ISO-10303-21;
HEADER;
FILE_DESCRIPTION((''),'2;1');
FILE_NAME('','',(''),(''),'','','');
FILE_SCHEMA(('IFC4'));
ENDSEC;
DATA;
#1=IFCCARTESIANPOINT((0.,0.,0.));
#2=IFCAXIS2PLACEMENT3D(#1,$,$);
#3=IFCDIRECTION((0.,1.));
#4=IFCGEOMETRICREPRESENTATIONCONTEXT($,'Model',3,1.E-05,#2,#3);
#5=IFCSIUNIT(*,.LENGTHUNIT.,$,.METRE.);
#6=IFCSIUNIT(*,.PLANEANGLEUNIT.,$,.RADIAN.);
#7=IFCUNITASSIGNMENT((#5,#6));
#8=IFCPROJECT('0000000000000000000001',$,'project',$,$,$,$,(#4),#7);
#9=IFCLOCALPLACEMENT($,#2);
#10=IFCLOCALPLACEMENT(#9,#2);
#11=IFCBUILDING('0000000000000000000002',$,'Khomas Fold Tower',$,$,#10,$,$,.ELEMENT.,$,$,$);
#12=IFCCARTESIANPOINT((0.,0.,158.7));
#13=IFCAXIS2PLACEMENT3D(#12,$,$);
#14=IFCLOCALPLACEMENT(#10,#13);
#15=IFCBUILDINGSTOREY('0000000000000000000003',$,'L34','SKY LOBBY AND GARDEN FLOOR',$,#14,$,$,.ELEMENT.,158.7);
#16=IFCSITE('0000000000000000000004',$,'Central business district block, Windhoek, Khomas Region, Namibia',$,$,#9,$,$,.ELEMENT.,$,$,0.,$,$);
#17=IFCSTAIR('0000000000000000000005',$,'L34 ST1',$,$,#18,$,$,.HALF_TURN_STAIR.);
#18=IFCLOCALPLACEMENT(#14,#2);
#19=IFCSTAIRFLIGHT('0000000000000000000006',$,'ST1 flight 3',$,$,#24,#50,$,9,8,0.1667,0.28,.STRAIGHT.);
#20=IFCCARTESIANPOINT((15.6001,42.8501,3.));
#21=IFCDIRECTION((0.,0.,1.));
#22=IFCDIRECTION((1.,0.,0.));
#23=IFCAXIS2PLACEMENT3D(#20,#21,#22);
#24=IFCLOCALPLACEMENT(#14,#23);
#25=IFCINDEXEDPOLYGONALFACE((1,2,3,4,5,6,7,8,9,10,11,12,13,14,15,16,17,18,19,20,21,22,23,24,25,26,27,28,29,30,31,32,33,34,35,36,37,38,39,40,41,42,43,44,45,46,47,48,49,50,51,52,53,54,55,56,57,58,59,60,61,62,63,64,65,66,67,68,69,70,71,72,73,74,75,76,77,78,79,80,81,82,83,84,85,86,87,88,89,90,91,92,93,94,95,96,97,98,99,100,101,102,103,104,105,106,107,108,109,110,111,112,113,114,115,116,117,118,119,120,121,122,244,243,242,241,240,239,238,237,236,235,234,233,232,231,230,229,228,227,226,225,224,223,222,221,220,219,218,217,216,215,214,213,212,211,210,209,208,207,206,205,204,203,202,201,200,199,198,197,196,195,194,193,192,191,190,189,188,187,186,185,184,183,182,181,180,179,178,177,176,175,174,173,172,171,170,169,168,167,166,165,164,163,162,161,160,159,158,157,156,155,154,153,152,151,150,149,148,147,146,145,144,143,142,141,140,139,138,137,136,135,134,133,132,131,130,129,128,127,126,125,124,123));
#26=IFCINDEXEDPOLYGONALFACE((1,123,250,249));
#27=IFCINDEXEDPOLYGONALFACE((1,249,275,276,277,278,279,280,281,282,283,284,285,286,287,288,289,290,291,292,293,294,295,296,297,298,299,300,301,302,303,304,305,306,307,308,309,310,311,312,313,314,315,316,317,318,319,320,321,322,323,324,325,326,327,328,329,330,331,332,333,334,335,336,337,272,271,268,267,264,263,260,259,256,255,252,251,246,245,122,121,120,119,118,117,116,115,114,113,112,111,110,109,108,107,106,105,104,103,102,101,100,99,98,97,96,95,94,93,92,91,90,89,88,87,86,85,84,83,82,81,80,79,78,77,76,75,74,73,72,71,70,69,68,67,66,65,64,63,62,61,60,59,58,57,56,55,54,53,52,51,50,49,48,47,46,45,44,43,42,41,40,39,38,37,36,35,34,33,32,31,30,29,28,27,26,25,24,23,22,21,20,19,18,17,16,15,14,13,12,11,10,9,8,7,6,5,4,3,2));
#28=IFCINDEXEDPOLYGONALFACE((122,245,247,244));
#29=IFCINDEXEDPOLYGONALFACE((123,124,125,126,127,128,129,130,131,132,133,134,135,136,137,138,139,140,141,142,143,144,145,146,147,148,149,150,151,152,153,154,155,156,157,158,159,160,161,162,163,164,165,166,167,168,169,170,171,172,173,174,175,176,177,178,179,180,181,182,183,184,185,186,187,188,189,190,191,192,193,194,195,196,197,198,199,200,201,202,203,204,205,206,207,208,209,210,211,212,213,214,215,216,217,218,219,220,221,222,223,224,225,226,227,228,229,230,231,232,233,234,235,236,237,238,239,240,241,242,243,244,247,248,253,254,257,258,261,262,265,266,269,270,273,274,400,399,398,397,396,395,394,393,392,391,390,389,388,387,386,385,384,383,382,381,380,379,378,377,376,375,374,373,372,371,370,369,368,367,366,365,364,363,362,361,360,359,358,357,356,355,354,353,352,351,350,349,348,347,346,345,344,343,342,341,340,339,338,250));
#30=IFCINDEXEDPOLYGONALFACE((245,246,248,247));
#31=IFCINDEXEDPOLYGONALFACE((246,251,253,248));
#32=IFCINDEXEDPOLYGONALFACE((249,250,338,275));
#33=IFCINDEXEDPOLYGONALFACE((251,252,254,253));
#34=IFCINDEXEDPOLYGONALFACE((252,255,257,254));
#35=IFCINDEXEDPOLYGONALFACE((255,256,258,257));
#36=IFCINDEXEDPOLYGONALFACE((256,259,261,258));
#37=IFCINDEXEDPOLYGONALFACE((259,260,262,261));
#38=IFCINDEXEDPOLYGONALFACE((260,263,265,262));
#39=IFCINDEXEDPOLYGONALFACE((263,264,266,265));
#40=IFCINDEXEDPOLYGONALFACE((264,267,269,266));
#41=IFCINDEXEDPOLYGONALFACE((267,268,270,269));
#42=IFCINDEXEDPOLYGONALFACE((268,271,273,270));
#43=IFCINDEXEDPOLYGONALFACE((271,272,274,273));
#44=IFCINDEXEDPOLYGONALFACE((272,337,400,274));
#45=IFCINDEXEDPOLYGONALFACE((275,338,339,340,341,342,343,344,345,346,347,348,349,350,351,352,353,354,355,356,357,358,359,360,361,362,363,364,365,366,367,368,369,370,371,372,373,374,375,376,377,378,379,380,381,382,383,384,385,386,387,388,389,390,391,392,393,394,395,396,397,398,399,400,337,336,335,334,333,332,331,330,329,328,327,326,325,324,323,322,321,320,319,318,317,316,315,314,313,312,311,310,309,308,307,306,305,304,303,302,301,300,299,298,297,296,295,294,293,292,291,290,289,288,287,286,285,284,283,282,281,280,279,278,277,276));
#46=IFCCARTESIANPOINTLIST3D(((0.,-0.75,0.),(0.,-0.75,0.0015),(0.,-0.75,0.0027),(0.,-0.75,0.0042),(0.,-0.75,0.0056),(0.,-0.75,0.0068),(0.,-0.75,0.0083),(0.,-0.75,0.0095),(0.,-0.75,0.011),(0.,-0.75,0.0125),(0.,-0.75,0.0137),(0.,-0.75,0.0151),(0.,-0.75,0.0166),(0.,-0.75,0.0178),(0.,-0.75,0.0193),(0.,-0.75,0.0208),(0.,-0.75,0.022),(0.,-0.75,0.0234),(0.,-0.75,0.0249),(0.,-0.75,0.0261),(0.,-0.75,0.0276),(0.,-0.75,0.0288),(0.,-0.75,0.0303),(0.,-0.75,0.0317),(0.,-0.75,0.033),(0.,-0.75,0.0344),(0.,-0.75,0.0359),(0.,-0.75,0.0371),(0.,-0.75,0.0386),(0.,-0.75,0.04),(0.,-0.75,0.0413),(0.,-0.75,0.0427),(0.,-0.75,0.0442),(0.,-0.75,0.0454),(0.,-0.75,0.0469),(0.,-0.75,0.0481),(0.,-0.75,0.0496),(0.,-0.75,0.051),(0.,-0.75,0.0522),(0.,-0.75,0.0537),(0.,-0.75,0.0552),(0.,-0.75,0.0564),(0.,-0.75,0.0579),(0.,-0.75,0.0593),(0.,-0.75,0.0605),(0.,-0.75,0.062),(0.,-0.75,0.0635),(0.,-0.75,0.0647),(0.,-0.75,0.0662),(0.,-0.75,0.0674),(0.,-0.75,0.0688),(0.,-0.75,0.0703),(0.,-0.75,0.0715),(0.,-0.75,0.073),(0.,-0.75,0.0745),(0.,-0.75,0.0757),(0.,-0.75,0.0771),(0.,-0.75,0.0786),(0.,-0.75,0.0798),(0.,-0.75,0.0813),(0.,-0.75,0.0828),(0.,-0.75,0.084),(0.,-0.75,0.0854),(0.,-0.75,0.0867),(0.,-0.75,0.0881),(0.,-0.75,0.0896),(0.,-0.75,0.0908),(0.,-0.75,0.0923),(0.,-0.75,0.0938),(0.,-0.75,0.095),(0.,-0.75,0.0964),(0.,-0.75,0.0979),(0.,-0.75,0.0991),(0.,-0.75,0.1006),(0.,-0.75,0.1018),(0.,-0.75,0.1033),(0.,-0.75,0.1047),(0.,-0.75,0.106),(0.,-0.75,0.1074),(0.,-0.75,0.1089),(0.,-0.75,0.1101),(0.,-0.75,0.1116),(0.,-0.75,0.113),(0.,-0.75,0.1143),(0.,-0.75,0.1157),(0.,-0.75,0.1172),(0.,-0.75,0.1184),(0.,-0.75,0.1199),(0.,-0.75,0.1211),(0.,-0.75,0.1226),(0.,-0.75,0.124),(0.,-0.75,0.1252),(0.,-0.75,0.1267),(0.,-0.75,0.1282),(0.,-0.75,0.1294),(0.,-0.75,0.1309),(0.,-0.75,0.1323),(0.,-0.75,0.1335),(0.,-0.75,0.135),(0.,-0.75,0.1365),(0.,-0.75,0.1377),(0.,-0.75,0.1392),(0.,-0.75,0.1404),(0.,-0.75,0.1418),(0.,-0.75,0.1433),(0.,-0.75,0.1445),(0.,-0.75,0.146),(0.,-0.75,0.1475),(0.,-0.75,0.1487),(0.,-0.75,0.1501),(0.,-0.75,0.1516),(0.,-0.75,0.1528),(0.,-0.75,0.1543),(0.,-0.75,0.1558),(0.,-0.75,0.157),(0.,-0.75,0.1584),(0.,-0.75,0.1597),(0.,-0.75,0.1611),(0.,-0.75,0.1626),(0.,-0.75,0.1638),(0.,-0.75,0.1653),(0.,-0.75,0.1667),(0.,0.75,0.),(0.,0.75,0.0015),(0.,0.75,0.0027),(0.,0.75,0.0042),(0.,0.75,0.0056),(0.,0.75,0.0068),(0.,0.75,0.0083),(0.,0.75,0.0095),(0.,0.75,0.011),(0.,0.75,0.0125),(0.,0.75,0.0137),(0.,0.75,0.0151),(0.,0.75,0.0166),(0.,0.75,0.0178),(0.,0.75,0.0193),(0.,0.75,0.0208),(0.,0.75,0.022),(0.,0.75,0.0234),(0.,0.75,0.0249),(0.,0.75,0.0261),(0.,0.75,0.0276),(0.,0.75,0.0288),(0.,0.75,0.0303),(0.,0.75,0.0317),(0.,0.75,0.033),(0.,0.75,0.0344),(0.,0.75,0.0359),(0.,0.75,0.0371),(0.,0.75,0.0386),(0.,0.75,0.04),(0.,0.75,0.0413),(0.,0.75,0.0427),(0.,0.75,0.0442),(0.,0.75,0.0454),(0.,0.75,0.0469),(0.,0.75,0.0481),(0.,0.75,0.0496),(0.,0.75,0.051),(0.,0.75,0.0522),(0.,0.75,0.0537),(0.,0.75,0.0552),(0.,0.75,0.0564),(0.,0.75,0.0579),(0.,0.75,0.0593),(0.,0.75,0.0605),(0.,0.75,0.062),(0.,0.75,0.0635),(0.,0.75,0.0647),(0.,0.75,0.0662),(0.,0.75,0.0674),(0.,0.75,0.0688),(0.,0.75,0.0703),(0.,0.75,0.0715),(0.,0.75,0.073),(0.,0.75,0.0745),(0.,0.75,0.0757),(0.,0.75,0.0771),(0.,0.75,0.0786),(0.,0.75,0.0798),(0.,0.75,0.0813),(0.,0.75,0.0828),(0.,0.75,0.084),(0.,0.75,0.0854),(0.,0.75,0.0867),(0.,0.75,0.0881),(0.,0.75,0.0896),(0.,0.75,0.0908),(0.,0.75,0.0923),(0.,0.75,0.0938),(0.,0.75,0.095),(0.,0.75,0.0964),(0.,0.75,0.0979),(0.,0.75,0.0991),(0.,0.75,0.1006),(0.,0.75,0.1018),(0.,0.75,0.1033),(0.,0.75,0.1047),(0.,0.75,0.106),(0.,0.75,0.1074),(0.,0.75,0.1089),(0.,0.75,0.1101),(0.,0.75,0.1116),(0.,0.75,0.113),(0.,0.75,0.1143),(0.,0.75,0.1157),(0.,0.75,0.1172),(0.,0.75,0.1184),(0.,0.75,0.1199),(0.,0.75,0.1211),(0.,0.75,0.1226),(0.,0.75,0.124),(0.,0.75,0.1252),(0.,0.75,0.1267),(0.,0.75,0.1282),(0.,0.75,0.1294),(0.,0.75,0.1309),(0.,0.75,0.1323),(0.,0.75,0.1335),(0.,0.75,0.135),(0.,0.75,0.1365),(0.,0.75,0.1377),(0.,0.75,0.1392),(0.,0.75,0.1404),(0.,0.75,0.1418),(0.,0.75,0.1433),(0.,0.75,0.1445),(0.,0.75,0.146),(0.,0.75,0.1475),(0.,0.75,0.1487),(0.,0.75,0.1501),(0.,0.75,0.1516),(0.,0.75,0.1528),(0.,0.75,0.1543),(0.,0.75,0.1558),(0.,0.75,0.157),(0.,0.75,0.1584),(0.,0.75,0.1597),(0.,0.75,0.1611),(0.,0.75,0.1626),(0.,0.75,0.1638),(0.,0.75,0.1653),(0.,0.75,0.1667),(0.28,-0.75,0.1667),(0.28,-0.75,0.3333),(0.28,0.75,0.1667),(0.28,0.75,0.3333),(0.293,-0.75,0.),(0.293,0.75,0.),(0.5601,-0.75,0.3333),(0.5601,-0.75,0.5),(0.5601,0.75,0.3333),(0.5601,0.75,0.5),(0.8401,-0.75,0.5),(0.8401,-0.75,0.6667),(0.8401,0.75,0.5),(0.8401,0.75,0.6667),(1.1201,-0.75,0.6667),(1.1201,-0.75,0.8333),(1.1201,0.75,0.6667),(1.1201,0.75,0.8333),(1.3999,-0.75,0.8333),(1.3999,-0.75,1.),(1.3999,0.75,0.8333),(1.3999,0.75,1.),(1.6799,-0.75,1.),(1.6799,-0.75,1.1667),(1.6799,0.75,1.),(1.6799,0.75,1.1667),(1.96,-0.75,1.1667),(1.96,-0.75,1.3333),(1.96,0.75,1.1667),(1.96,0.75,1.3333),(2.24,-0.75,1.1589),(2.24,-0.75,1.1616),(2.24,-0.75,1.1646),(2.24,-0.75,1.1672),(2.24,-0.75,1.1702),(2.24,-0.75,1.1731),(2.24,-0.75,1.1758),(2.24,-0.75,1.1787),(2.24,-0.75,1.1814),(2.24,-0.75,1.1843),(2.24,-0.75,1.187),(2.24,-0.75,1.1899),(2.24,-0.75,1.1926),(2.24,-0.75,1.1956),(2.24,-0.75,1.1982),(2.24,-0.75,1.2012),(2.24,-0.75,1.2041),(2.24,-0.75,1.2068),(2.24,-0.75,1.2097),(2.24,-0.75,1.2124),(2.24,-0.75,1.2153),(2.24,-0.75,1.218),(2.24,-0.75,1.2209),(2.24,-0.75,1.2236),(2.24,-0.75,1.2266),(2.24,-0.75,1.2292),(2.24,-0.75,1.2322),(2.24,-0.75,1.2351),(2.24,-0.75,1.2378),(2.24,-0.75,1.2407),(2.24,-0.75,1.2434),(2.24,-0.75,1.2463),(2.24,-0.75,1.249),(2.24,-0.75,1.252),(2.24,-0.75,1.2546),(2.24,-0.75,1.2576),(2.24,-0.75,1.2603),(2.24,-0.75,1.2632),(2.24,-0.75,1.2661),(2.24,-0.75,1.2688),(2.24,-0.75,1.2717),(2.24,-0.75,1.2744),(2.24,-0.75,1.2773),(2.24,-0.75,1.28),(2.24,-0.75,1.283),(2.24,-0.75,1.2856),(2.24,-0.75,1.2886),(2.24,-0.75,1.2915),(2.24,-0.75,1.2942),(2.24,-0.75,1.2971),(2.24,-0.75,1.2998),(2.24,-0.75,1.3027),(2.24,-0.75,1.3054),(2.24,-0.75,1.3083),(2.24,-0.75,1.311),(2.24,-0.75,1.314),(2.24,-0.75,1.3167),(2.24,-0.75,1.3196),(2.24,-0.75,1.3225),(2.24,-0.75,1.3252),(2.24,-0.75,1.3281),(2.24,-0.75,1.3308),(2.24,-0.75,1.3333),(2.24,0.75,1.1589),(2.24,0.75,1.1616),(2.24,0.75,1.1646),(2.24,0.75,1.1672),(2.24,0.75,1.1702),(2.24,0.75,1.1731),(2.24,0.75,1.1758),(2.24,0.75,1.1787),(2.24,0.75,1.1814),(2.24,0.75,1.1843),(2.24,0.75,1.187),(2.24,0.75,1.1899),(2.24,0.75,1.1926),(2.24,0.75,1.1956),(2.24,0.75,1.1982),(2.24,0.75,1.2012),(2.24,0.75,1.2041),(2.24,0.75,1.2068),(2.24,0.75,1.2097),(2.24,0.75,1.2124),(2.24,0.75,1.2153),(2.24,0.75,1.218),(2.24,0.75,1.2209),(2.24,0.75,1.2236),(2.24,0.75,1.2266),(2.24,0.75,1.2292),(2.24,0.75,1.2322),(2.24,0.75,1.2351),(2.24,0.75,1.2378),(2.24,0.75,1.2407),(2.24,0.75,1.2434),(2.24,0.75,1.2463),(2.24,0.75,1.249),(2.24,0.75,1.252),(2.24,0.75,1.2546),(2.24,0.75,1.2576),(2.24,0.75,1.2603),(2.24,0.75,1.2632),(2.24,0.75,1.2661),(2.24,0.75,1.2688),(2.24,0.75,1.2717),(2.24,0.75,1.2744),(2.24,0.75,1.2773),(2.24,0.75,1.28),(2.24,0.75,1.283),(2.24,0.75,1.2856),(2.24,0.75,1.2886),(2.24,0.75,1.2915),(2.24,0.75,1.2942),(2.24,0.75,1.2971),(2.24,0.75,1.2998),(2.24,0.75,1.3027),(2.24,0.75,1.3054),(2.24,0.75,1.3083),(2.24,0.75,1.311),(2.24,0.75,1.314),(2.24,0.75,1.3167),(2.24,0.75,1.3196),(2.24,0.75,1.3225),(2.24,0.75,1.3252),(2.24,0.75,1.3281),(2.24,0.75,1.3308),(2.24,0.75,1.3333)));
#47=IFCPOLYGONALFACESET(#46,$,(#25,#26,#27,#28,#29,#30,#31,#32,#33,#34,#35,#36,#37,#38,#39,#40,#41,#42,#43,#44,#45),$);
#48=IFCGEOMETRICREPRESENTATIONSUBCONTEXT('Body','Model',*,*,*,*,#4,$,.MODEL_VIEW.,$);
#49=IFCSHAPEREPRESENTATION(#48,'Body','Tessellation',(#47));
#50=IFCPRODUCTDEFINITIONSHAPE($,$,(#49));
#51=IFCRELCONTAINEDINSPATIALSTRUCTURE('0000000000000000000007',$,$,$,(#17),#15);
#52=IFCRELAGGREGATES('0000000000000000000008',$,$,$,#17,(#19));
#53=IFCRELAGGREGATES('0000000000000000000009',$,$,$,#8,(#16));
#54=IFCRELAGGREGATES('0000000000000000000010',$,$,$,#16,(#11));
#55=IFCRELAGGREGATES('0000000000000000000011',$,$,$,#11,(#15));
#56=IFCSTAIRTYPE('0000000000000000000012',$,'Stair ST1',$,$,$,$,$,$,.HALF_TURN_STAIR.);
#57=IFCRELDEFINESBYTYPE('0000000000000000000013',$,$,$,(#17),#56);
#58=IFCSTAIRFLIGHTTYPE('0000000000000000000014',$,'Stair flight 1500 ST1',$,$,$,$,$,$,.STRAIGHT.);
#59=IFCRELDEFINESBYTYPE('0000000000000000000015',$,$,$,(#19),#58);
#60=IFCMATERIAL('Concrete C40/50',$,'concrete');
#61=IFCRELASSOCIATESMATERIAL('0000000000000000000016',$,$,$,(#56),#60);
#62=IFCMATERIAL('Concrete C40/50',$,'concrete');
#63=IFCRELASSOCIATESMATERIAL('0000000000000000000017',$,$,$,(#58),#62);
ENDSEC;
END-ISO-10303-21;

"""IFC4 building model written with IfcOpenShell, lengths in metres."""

from ifc_helpers import new_model, si_unit, direction, frame, origin, place, context, subcontext, project, spatial, polyline, outline, extrude, source, transform, mapped, material, type_object, element, aggregate, save


model = new_model("IFC4")

# Units and contexts
model_context = context("Model", 3, precision=1e-05, world=origin(), true_north=direction((0.0, 1.0)))
body_context = subcontext(model_context, "Body", "Model", "MODEL_VIEW")
ifc_project = project(units=[si_unit("LENGTHUNIT", "METRE"), si_unit("PLANEANGLEUNIT", "RADIAN")], contexts=[model_context])

# Site, building, storey
site_placement = place(None, origin())
site = spatial("IfcSite", under=ifc_project, at=site_placement, Name="Central business district block, Windhoek, Khomas Region, Namibia", CompositionType="ELEMENT", RefElevation=0.0)
building_placement = place(site_placement, origin())
building = spatial("IfcBuilding", under=site, at=building_placement, Name="Khomas Fold Tower", CompositionType="ELEMENT")
storey_placement = place(building_placement, frame((0.0, 0.0, 158.7)))
storey = spatial("IfcBuildingStorey", under=building, at=storey_placement, Name="L34", Description="SKY LOBBY AND GARDEN FLOOR", CompositionType="ELEMENT", Elevation=158.7)

# Stair, stair flight
ifc_material_1 = material(Name="Concrete C40/50", Category="concrete")
stair_type_1 = type_object("IfcStairType", Name="Stair ST1", PredefinedType="HALF_TURN_STAIR", material=ifc_material_1)
stair_1_placement = place(storey_placement, origin())
stair_1 = element("IfcStair", 1, at=stair_1_placement, inside=storey, type_object=stair_type_1, Name="L34 ST1", PredefinedType="HALF_TURN_STAIR")
ifc_material_2 = material(Name="Concrete C40/50", Category="concrete")
stair_flight_type_1 = type_object("IfcStairFlightType", Name="Stair flight 1500 ST1", PredefinedType="STRAIGHT", material=ifc_material_2)
shared_shape_1 = source(origin(), body_context, "Body", "SweptSolid", [
    extrude(outline(polyline([(0.0, 0.0), (0.0, 0.0015), (0.0, 0.0027), (0.0, 0.0042), (0.0, 0.0056), (0.0, 0.0068), (0.0, 0.0083), (0.0, 0.0095), (0.0, 0.011), (0.0, 0.0125), (0.0, 0.0137), (0.0, 0.0151), (0.0, 0.0166), (0.0, 0.0178), (0.0, 0.0193), (0.0, 0.0208), (0.0, 0.022), (0.0, 0.0234), (0.0, 0.0249), (0.0, 0.0261), (0.0, 0.0276), (0.0, 0.0288), (0.0, 0.0303), (0.0, 0.0317), (0.0, 0.033), (0.0, 0.0344), (0.0, 0.0359), (0.0, 0.0371), (0.0, 0.0386), (0.0, 0.04), (0.0, 0.0413), (0.0, 0.0427), (0.0, 0.0442), (0.0, 0.0454), (0.0, 0.0469), (0.0, 0.0481), (0.0, 0.0496), (0.0, 0.051), (0.0, 0.0522), (0.0, 0.0537), (0.0, 0.0552), (0.0, 0.0564), (0.0, 0.0579), (0.0, 0.0593), (0.0, 0.0605), (0.0, 0.062), (0.0, 0.0635), (0.0, 0.0647), (0.0, 0.0662), (0.0, 0.0674), (0.0, 0.0688), (0.0, 0.0703), (0.0, 0.0715), (0.0, 0.073), (0.0, 0.0745), (0.0, 0.0757), (0.0, 0.0771), (0.0, 0.0786), (0.0, 0.0798), (0.0, 0.0813), (0.0, 0.0828), (0.0, 0.084), (0.0, 0.0854), (0.0, 0.0867), (0.0, 0.0881), (0.0, 0.0896), (0.0, 0.0908), (0.0, 0.0923), (0.0, 0.0938), (0.0, 0.095), (0.0, 0.0964), (0.0, 0.0979), (0.0, 0.0991), (0.0, 0.1006), (0.0, 0.1018), (0.0, 0.1033), (0.0, 0.1047), (0.0, 0.106), (0.0, 0.1074), (0.0, 0.1089), (0.0, 0.1101), (0.0, 0.1116), (0.0, 0.113), (0.0, 0.1143), (0.0, 0.1157), (0.0, 0.1172), (0.0, 0.1184), (0.0, 0.1199), (0.0, 0.1211), (0.0, 0.1226), (0.0, 0.124), (0.0, 0.1252), (0.0, 0.1267), (0.0, 0.1282), (0.0, 0.1294), (0.0, 0.1309), (0.0, 0.1323), (0.0, 0.1335), (0.0, 0.135), (0.0, 0.1365), (0.0, 0.1377), (0.0, 0.1392), (0.0, 0.1404), (0.0, 0.1418), (0.0, 0.1433), (0.0, 0.1445), (0.0, 0.146), (0.0, 0.1475), (0.0, 0.1487), (0.0, 0.1501), (0.0, 0.1516), (0.0, 0.1528), (0.0, 0.1543), (0.0, 0.1558), (0.0, 0.157), (0.0, 0.1584), (0.0, 0.1597), (0.0, 0.1611), (0.0, 0.1626), (0.0, 0.1638), (0.0, 0.1653), (0.0, 0.1667), (0.28, 0.1667), (0.28, 0.3333), (0.5601, 0.3333), (0.5601, 0.5), (0.8401, 0.5), (0.8401, 0.6667), (1.1201, 0.6667), (1.1201, 0.8333), (1.3999, 0.8333), (1.3999, 1.0), (1.6799, 1.0), (1.6799, 1.1667), (1.96, 1.1667), (1.96, 1.3333), (2.24, 1.3333), (2.24, 1.5), (2.24, 1.4971), (2.24, 1.4944), (2.24, 1.4915), (2.24, 1.4888), (2.24, 1.4858), (2.24, 1.4832), (2.24, 1.4802), (2.24, 1.4775), (2.24, 1.4746), (2.24, 1.4719), (2.24, 1.469), (2.24, 1.4661), (2.24, 1.4634), (2.24, 1.4604), (2.24, 1.4578), (2.24, 1.4548), (2.24, 1.4521), (2.24, 1.4492), (2.24, 1.4465), (2.24, 1.4436), (2.24, 1.4409), (2.24, 1.438), (2.24, 1.4351), (2.24, 1.4324), (2.24, 1.4294), (2.24, 1.4268), (2.24, 1.4238), (2.24, 1.4211), (2.24, 1.4182), (2.24, 1.4155), (2.24, 1.4126), (2.24, 1.4097), (2.24, 1.407), (2.24, 1.4041), (2.24, 1.4014), (2.24, 1.3984), (2.24, 1.3958), (2.24, 1.3928), (2.24, 1.3901), (2.24, 1.3872), (2.24, 1.3845), (2.24, 1.3816), (2.24, 1.3787), (2.24, 1.376), (2.24, 1.373), (2.24, 1.3704), (2.24, 1.3674), (2.24, 1.3647), (2.24, 1.3618), (2.24, 1.3591), (2.24, 1.3562), (2.24, 1.3535), (2.24, 1.3506), (2.24, 1.3477), (2.24, 1.345), (2.24, 1.342), (2.24, 1.3394), (2.24, 1.3364), (2.24, 1.3337), (2.24, 1.3308), (2.24, 1.3281), (2.24, 1.3252), (2.24, 1.3225), (2.24, 1.3196), (2.24, 1.3167), (2.24, 1.314), (2.24, 1.311), (2.24, 1.3083), (2.24, 1.3054), (2.24, 1.3027), (2.24, 1.2998), (2.24, 1.2971), (2.24, 1.2942), (2.24, 1.2915), (2.24, 1.2886), (2.24, 1.2856), (2.24, 1.283), (2.24, 1.28), (2.24, 1.2773), (2.24, 1.2744), (2.24, 1.2717), (2.24, 1.2688), (2.24, 1.2661), (2.24, 1.2632), (2.24, 1.2603), (2.24, 1.2576), (2.24, 1.2546), (2.24, 1.252), (2.24, 1.249), (2.24, 1.2463), (2.24, 1.2434), (2.24, 1.2407), (2.24, 1.2378), (2.24, 1.2351), (2.24, 1.2322), (2.24, 1.2292), (2.24, 1.2266), (2.24, 1.2236), (2.24, 1.2209), (2.24, 1.218), (2.24, 1.2153), (2.24, 1.2124), (2.24, 1.2097), (2.24, 1.2068), (2.24, 1.2041), (2.24, 1.2012), (2.24, 1.1982), (2.24, 1.1956), (2.24, 1.1926), (2.24, 1.1899), (2.24, 1.187), (2.24, 1.1843), (2.24, 1.1814), (2.24, 1.1787), (2.24, 1.1758), (2.24, 1.1731), (2.24, 1.1702), (2.24, 1.1672), (2.24, 1.1646), (2.24, 1.1616), (2.24, 1.1589), (0.293, 0.0), (0.0, 0.0)])), frame((0.0, 0.75, 0.0), z_axis=(0.0, -1.0, 0.0), x_axis=(1.0, 0.0, 0.0)), (0.0, 0.0, 1.0), 1.5),
])
stair_flight_1_placement = place(storey_placement, frame((15.6001, 42.8501, 3.0), z_axis=(0.0, 0.0, 1.0), x_axis=(1.0, 0.0, 0.0)))
stair_flight_1 = element("IfcStairFlight", 2, at=stair_flight_1_placement, type_object=stair_flight_type_1, Name="ST1 flight 3", NumberOfRisers=9, NumberOfTreads=8, PredefinedType="STRAIGHT", RiserHeight=0.1667, TreadLength=0.28, context=body_context, shape_type="MappedRepresentation", body=[
    mapped(shared_shape_1, transform((0.0, 0.0, 0.0))),
])
aggregate(stair_1, [stair_flight_1])

save(model, "model.ifc")
